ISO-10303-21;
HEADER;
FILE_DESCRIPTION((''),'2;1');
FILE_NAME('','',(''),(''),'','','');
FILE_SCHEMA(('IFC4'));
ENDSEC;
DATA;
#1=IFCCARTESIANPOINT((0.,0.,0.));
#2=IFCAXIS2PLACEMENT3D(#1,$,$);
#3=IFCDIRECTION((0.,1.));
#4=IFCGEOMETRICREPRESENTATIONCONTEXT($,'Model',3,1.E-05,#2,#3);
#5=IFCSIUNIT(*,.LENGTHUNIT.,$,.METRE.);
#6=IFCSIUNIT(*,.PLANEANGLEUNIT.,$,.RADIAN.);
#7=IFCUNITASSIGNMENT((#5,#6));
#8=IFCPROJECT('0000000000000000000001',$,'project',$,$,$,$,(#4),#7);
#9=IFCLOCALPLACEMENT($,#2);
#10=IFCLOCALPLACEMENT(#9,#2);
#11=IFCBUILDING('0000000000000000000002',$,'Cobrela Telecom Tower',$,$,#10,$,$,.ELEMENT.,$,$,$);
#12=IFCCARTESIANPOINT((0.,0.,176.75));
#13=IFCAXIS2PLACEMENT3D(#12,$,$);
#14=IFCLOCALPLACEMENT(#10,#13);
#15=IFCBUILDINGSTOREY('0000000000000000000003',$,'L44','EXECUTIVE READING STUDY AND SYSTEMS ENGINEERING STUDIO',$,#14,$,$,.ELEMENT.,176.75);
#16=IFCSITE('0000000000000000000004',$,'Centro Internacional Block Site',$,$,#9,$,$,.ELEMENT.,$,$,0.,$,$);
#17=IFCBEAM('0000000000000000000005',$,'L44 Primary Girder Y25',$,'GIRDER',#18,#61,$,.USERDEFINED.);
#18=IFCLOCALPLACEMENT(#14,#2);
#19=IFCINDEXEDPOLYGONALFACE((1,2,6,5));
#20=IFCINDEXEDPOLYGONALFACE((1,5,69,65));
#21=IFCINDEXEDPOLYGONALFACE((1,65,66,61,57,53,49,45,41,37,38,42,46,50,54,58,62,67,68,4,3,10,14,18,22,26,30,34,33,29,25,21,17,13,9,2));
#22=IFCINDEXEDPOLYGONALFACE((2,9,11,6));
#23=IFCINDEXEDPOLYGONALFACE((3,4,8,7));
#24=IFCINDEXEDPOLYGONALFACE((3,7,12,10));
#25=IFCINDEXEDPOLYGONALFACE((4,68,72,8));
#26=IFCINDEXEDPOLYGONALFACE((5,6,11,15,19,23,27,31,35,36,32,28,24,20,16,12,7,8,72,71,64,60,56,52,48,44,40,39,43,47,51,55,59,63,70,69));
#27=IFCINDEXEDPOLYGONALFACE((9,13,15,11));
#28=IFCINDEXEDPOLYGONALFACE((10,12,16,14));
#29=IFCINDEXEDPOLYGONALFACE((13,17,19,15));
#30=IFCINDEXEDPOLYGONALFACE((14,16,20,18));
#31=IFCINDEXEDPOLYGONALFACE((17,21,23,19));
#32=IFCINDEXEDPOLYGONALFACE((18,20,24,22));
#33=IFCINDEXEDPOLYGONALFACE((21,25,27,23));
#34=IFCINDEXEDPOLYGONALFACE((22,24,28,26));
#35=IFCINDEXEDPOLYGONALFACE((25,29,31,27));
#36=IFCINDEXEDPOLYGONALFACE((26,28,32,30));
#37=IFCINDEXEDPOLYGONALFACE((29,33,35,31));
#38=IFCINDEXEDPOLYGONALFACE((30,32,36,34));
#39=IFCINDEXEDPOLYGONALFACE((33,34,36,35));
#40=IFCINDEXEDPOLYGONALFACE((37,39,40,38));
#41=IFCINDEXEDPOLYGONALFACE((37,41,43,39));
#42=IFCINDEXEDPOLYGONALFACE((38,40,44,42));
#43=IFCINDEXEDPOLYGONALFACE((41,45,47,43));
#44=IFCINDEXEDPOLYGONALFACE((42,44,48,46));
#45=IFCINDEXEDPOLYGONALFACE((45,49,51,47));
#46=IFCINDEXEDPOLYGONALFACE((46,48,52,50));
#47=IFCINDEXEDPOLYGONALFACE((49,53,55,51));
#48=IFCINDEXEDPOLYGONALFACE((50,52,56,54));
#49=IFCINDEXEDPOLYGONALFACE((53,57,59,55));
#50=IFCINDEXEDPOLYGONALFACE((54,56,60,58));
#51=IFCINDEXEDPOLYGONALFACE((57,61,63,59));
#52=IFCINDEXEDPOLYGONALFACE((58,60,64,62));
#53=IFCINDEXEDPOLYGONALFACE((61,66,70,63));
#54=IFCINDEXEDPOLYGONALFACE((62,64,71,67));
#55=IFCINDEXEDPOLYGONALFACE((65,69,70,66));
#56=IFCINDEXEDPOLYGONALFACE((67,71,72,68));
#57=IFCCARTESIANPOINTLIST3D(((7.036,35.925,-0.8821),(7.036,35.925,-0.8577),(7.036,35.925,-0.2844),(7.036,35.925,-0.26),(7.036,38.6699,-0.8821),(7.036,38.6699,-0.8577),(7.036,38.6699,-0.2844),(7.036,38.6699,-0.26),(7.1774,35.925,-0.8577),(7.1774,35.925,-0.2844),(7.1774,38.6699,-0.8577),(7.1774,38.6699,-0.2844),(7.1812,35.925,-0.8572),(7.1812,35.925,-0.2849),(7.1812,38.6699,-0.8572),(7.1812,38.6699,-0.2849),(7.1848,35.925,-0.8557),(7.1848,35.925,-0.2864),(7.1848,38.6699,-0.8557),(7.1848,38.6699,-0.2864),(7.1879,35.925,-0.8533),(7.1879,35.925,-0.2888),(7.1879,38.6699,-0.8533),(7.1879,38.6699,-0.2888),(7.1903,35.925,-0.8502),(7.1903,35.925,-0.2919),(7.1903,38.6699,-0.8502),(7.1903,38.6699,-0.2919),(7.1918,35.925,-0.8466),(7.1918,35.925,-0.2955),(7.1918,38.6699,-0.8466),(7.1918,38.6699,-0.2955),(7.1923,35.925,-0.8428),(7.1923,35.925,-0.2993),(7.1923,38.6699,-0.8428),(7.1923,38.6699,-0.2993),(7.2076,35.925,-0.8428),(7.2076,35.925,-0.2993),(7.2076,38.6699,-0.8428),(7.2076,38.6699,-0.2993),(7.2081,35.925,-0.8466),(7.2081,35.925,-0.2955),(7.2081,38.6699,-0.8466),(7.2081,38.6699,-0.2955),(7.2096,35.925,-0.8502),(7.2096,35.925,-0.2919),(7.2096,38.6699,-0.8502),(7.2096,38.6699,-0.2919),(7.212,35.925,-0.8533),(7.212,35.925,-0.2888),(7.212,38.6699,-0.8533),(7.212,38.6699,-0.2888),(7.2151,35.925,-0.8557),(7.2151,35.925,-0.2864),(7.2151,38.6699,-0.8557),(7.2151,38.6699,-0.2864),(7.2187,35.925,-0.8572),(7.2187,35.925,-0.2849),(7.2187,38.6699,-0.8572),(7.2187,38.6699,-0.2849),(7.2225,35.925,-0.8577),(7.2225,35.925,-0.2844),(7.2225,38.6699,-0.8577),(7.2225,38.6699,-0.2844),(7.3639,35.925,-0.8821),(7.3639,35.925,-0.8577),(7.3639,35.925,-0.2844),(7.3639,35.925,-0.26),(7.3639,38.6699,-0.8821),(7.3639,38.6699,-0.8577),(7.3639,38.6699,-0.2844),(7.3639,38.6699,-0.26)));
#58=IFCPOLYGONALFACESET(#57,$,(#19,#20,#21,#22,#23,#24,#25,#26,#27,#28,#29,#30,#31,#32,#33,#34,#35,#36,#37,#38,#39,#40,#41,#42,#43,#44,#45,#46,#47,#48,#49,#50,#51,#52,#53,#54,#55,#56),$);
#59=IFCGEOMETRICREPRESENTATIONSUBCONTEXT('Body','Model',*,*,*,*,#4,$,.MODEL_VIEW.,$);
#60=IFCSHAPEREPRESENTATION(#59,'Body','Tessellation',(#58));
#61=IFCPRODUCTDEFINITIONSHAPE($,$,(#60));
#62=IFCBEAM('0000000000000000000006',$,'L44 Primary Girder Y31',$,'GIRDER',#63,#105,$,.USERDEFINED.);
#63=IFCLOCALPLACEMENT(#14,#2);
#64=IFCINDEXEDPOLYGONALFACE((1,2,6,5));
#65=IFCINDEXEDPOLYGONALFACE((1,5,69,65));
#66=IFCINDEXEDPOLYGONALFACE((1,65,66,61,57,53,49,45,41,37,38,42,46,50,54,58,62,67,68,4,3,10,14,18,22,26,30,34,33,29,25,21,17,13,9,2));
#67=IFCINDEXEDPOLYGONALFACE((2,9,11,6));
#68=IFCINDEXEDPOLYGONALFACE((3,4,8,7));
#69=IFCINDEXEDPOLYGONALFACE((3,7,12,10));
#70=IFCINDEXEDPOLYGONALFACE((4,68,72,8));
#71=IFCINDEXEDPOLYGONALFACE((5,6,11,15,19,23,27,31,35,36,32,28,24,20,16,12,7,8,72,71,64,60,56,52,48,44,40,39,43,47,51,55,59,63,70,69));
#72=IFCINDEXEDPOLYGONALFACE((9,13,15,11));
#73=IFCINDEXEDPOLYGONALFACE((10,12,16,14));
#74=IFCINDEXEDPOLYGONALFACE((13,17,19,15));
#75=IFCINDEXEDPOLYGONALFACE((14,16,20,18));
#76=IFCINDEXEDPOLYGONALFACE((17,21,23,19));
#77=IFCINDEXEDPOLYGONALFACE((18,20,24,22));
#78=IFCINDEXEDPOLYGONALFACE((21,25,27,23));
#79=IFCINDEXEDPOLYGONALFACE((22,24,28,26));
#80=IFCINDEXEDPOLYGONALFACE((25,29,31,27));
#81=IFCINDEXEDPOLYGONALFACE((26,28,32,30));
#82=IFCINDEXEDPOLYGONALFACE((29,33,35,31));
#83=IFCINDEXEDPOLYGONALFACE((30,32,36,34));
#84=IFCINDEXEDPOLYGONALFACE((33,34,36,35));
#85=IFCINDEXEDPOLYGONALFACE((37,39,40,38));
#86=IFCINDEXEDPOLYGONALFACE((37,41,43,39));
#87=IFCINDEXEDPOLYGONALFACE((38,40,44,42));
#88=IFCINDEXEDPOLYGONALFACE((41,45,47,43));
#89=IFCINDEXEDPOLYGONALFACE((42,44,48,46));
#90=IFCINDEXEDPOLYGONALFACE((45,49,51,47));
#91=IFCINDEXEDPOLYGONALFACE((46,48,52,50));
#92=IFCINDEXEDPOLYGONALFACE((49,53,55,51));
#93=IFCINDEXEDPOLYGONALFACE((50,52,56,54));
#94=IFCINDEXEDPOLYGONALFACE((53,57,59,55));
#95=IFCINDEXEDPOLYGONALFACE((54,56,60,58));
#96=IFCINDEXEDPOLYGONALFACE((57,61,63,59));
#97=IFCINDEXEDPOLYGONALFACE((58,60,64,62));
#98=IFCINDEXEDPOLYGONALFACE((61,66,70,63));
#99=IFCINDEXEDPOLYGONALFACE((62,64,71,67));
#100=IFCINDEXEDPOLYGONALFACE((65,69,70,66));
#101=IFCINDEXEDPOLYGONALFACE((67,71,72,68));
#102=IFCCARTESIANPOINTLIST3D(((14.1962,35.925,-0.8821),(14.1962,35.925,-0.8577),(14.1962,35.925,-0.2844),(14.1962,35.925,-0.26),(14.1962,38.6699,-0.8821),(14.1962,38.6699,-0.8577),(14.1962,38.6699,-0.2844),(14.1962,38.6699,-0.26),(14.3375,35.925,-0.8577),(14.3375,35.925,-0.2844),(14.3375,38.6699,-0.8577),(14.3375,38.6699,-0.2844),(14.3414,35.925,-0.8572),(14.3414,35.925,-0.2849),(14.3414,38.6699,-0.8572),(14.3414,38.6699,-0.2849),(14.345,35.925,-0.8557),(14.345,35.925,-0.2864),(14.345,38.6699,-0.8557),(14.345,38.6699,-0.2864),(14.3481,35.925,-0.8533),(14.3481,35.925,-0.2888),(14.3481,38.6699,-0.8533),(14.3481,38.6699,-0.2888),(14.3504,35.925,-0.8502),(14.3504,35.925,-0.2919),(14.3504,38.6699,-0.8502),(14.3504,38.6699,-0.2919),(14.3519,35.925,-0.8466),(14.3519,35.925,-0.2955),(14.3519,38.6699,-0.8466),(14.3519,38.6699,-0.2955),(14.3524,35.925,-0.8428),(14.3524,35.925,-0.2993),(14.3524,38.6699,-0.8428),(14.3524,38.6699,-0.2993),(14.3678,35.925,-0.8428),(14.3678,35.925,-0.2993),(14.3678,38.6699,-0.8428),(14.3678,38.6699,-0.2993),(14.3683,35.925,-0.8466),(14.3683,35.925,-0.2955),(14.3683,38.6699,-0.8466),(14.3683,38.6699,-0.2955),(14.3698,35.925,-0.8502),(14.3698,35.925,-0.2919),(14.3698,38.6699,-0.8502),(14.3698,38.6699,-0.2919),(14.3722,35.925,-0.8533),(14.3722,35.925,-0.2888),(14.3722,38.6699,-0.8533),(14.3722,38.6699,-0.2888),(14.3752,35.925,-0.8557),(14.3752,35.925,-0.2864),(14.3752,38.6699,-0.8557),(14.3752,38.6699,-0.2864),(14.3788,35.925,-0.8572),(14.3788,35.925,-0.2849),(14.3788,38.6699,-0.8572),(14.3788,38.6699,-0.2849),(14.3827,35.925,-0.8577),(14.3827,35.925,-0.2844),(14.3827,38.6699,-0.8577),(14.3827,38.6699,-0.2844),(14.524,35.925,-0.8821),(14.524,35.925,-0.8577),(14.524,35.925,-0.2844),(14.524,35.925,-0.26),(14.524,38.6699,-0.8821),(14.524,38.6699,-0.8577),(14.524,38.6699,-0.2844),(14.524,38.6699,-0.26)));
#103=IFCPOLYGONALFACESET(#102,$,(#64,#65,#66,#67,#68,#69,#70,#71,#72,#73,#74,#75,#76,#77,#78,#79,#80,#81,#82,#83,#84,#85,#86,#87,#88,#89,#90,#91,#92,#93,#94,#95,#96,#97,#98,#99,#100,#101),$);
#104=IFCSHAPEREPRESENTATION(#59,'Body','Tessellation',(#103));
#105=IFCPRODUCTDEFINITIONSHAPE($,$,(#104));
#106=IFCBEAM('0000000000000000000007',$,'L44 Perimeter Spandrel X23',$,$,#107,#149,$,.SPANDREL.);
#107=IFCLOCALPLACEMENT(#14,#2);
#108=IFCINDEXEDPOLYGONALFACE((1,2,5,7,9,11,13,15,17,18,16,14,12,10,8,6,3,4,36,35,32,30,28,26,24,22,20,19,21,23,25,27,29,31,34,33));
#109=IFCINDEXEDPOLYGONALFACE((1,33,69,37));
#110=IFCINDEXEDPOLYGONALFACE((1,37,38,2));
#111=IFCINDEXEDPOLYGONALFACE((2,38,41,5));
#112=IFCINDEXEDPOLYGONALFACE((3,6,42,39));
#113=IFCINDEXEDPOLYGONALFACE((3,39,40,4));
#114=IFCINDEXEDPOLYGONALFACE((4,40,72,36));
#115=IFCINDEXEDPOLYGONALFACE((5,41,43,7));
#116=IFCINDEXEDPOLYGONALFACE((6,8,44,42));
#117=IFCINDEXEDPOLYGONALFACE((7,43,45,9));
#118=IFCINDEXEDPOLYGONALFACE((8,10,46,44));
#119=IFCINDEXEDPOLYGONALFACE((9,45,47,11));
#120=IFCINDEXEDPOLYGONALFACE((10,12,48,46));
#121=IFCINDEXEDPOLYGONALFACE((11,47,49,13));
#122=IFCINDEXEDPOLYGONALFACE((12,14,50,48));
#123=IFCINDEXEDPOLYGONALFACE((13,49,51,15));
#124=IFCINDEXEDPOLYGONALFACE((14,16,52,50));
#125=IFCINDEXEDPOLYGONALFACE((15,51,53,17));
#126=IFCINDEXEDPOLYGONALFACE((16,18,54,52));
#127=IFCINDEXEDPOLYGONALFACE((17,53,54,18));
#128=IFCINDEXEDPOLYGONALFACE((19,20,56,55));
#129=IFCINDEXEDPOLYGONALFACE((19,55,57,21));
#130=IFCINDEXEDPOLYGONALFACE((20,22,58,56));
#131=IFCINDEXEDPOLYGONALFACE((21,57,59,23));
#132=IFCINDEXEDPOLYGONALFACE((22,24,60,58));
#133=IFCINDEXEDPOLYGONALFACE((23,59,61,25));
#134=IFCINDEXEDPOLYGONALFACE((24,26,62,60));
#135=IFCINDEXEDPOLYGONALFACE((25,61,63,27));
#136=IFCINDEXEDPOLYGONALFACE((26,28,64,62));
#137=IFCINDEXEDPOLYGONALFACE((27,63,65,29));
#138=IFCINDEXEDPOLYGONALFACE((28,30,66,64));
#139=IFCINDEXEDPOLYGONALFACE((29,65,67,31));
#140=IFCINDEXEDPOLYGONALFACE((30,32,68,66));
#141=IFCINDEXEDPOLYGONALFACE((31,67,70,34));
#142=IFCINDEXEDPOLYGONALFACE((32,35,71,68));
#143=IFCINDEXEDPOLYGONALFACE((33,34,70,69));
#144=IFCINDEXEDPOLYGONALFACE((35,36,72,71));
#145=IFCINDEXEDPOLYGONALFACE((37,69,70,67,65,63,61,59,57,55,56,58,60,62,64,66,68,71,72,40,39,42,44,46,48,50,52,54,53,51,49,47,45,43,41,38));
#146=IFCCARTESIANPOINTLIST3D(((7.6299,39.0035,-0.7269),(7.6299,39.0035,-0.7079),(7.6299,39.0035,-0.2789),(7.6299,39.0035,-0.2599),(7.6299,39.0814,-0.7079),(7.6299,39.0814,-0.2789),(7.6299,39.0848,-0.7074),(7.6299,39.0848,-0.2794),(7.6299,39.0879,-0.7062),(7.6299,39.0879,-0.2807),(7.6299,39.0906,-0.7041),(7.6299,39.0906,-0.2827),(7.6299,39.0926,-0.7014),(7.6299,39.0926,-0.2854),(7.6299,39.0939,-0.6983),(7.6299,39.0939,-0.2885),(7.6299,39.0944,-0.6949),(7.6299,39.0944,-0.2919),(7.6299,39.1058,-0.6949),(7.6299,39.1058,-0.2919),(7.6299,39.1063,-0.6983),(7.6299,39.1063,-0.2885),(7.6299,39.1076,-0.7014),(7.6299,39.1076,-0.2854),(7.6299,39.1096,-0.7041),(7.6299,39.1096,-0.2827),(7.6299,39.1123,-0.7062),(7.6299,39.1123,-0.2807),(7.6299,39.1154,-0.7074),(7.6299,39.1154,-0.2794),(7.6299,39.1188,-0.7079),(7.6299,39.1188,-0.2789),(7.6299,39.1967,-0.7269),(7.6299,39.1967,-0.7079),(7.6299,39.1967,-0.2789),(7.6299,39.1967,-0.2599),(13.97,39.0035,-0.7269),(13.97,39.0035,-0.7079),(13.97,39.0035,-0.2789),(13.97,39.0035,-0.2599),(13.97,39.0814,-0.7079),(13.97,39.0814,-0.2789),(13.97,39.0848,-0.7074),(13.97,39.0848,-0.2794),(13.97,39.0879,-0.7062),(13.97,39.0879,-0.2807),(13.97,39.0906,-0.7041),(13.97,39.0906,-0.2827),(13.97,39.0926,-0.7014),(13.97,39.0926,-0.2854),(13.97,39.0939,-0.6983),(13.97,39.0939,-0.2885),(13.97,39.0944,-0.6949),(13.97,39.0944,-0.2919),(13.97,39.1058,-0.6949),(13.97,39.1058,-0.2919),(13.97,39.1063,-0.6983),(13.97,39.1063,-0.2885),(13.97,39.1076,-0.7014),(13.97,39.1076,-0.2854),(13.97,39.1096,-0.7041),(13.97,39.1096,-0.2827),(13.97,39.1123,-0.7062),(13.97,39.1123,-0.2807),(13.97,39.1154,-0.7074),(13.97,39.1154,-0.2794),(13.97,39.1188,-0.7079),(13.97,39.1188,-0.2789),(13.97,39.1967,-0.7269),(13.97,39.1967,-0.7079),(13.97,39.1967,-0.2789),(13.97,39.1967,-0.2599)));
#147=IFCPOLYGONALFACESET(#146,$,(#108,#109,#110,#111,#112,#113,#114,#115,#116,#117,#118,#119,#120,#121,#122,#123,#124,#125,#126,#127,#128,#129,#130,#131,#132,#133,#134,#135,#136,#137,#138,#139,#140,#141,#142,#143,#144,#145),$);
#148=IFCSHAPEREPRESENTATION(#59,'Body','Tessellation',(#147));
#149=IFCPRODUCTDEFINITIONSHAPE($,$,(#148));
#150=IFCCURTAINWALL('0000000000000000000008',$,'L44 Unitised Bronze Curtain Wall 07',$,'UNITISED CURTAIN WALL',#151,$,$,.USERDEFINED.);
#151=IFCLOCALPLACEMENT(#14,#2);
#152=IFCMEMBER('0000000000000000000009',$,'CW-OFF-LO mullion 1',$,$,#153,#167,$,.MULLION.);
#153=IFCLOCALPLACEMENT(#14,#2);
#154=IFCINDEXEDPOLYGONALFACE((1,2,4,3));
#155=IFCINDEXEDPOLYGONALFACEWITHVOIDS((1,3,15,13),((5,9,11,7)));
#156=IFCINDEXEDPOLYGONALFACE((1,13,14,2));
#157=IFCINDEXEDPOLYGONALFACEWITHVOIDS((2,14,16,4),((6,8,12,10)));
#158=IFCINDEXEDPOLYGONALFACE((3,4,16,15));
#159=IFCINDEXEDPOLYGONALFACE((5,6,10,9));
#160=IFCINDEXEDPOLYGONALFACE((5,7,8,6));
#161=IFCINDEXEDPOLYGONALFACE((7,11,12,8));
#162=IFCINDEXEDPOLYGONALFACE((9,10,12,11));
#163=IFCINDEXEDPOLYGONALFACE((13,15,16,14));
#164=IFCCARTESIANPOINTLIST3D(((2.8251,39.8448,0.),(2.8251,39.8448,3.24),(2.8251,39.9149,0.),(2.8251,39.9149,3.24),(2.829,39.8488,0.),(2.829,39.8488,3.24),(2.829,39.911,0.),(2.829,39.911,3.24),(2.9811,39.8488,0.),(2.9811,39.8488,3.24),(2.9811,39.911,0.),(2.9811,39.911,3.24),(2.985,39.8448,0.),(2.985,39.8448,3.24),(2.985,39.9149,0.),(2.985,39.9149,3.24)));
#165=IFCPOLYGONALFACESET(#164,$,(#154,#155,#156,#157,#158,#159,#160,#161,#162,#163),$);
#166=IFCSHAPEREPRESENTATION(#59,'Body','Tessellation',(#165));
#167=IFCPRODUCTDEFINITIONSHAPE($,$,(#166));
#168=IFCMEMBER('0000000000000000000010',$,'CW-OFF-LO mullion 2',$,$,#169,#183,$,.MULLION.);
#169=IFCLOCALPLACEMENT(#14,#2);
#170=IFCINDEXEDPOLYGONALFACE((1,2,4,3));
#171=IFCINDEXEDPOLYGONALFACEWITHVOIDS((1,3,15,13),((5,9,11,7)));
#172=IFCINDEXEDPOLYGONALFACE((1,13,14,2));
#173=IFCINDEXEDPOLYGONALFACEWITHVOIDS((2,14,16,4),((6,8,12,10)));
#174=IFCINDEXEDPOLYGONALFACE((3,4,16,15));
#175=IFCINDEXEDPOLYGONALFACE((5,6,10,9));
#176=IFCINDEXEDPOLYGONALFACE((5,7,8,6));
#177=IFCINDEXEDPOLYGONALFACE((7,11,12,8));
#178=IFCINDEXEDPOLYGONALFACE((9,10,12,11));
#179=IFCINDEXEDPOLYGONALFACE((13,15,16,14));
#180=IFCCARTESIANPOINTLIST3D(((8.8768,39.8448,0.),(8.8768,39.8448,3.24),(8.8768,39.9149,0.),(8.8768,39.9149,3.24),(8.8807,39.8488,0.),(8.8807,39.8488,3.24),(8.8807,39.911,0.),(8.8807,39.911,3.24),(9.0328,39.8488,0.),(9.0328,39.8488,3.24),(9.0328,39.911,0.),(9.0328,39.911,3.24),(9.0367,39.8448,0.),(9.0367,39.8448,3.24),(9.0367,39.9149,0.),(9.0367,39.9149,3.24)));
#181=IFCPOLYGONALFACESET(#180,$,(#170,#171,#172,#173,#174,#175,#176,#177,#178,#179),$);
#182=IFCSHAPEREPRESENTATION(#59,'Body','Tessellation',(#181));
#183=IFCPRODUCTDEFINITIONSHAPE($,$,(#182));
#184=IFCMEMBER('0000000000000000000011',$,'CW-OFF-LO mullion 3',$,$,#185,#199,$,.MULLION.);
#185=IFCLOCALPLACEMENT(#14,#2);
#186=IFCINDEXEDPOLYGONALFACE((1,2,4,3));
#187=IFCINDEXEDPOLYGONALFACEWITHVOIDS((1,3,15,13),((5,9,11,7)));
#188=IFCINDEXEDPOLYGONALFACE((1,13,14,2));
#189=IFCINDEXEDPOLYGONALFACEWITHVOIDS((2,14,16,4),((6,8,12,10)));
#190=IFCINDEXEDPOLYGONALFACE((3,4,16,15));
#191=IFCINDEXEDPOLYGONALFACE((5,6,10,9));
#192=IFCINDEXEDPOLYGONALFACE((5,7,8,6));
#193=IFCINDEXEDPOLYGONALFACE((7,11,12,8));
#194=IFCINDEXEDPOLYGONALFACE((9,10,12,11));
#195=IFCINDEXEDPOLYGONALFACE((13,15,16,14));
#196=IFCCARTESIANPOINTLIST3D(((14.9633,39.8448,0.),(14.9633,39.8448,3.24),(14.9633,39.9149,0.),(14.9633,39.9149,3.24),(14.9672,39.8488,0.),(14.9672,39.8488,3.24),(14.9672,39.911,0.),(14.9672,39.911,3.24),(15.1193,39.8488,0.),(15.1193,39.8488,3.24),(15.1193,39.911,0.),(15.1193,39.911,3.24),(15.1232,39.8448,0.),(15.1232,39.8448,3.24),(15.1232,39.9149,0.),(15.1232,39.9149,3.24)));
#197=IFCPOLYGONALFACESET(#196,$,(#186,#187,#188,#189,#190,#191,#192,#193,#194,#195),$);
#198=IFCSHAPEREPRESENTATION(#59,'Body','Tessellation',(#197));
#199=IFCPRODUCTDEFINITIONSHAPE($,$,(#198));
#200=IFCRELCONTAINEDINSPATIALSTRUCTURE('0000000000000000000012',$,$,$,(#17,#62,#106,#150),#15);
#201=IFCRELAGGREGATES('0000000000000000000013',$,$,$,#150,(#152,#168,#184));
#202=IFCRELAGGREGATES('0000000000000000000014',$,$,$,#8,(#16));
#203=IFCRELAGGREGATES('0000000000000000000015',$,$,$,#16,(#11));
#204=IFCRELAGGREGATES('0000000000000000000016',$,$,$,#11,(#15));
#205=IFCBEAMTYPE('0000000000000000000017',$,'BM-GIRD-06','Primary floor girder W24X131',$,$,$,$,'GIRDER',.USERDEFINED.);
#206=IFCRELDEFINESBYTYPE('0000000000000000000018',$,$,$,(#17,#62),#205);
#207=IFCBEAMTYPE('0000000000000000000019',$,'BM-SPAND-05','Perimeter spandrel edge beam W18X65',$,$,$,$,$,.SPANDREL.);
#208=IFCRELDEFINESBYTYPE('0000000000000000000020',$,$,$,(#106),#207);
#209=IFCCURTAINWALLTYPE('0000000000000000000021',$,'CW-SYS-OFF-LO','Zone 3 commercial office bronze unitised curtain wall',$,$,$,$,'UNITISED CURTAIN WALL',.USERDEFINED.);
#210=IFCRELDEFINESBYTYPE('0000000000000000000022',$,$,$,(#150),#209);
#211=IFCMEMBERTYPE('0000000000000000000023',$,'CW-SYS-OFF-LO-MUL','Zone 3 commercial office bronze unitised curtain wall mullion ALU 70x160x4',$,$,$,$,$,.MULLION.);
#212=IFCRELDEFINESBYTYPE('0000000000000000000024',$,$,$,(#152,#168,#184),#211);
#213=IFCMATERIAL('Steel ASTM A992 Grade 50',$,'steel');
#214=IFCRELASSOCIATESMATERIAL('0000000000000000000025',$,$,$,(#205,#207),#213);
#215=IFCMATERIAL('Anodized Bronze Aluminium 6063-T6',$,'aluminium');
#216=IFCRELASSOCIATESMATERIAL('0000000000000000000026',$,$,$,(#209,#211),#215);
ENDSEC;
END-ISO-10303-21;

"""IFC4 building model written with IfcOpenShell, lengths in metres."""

from ifc_helpers import new_model, si_unit, direction, frame, origin, origin_2d, place, context, subcontext, project, spatial, hollow_rectangle, i_section, extrude, material, material_profile, profile_set, type_object, element, aggregate, save


model = new_model("IFC4")

# Units and contexts
model_context = context("Model", 3, precision=1e-05, world=origin(), true_north=direction((0.0, 1.0)))
body_context = subcontext(model_context, "Body", "Model", "MODEL_VIEW")
ifc_project = project(units=[si_unit("LENGTHUNIT", "METRE"), si_unit("PLANEANGLEUNIT", "RADIAN")], contexts=[model_context])

# Site, building, storey
site_placement = place(None, origin())
site = spatial("IfcSite", under=ifc_project, at=site_placement, Name="Centro Internacional Block Site", CompositionType="ELEMENT", RefElevation=0.0)
building_placement = place(site_placement, origin())
building = spatial("IfcBuilding", under=site, at=building_placement, Name="Cobrela Telecom Tower", CompositionType="ELEMENT")
storey_placement = place(building_placement, frame((0.0, 0.0, 176.75)))
storey = spatial("IfcBuildingStorey", under=building, at=storey_placement, Name="L44", Description="EXECUTIVE READING STUDY AND SYSTEMS ENGINEERING STUDIO", CompositionType="ELEMENT", Elevation=176.75)

# Beams
ifc_material_1 = material(Name="Steel ASTM A992 Grade 50", Category="steel")
ifc_material_profile_1 = material_profile(ifc_material_1, i_section(OverallWidth=0.3279, OverallDepth=0.6221, WebThickness=0.0154, FlangeThickness=0.0244, FilletRadius=0.0149, at=origin_2d()), Name="W24X131")
ifc_profile_set_1 = profile_set([ifc_material_profile_1], Name="Steel ASTM A992 Grade 50")
beam_type_1 = type_object("IfcBeamType", Name="BM-GIRD-06", Description="Primary floor girder W24X131", ElementType="GIRDER", PredefinedType="USERDEFINED", material=ifc_profile_set_1)
for number, where, z_axis, x_axis, name in (
    (1, (7.2, 35.925, -0.571), (0.0, 1.0, 0.0), (-1.0, 0.0, 0.0), "L44 Primary Girder Y25"),
    (2, (14.3601, 35.925, -0.571), (0.0, 1.0, 0.0), (-1.0, 0.0, 0.0), "L44 Primary Girder Y31"),
):
    element("IfcBeam", number, at=place(storey_placement, frame(where, z_axis=z_axis, x_axis=x_axis)), inside=storey, type_object=beam_type_1, Name=name, ObjectType="GIRDER", PredefinedType="USERDEFINED", context=body_context, shape_type="SweptSolid", body=[
        extrude(i_section(OverallWidth=0.3279, OverallDepth=0.6221, WebThickness=0.0154, FlangeThickness=0.0244, FilletRadius=0.0149, at=origin_2d()), origin(), (0.0, 0.0, 1.0), 2.7449),
    ])
ifc_material_profile_2 = material_profile(ifc_material_1, i_section(OverallWidth=0.1931, OverallDepth=0.467, WebThickness=0.0115, FlangeThickness=0.019, FilletRadius=0.0129, at=origin_2d()), Name="W18X65")
ifc_profile_set_2 = profile_set([ifc_material_profile_2], Name="Steel ASTM A992 Grade 50")
beam_type_2 = type_object("IfcBeamType", Name="BM-SPAND-05", Description="Perimeter spandrel edge beam W18X65", PredefinedType="SPANDREL", material=ifc_profile_set_2)
beam_1_placement = place(storey_placement, frame((7.6299, 39.1001, -0.4934), z_axis=(1.0, 0.0, 0.0), x_axis=(0.0, 1.0, 0.0)))
element("IfcBeam", 3, at=beam_1_placement, inside=storey, type_object=beam_type_2, Name="L44 Perimeter Spandrel X23", PredefinedType="SPANDREL", context=body_context, shape_type="SweptSolid", body=[
    extrude(i_section(OverallWidth=0.1931, OverallDepth=0.467, WebThickness=0.0115, FlangeThickness=0.019, FilletRadius=0.0129, at=origin_2d()), origin(), (0.0, 0.0, 1.0), 6.3401),
])

# Curtain wall, members
ifc_material_2 = material(Name="Anodized Bronze Aluminium 6063-T6", Category="aluminium")
curtain_wall_type = type_object("IfcCurtainWallType", Name="CW-SYS-OFF-LO", Description="Zone 3 commercial office bronze unitised curtain wall", ElementType="UNITISED CURTAIN WALL", PredefinedType="USERDEFINED", material=ifc_material_2)
curtain_wall_placement = place(storey_placement, origin())
curtain_wall = element("IfcCurtainWall", 4, at=curtain_wall_placement, inside=storey, type_object=curtain_wall_type, Name="L44 Unitised Bronze Curtain Wall 07", ObjectType="UNITISED CURTAIN WALL", PredefinedType="USERDEFINED")
ifc_material_profile_3 = material_profile(ifc_material_2, hollow_rectangle(XDim=0.0701, YDim=0.1599, WallThickness=0.0039, at=origin_2d()), Name="ALU 70x160x4")
ifc_profile_set_3 = profile_set([ifc_material_profile_3], Name="Anodized Bronze Aluminium 6063-T6")
member_type_1 = type_object("IfcMemberType", Name="CW-SYS-OFF-LO-MUL", Description="Zone 3 commercial office bronze unitised curtain wall mullion ALU 70x160x4", PredefinedType="MULLION", material=ifc_profile_set_3)
member_1_placement = place(storey_placement, frame((2.905, 39.8799, 0.0), z_axis=(0.0, 0.0, 1.0), x_axis=(0.0, 1.0, 0.0)))
member_1 = element("IfcMember", 5, at=member_1_placement, type_object=member_type_1, Name="CW-OFF-LO mullion 1", PredefinedType="MULLION", context=body_context, shape_type="SweptSolid", body=[
    extrude(hollow_rectangle(XDim=0.0701, YDim=0.1599, WallThickness=0.0039, at=origin_2d()), origin(), (0.0, 0.0, 1.0), 3.24),
])
member_2_placement = place(storey_placement, frame((8.9568, 39.8799, 0.0), z_axis=(0.0, 0.0, 1.0), x_axis=(0.0, 1.0, 0.0)))
member_2 = element("IfcMember", 6, at=member_2_placement, type_object=member_type_1, Name="CW-OFF-LO mullion 2", PredefinedType="MULLION", context=body_context, shape_type="SweptSolid", body=[
    extrude(hollow_rectangle(XDim=0.0701, YDim=0.1599, WallThickness=0.0039, at=origin_2d()), origin(), (0.0, 0.0, 1.0), 3.24),
])
member_3_placement = place(storey_placement, frame((15.0432, 39.8799, 0.0), z_axis=(0.0, 0.0, 1.0), x_axis=(0.0, 1.0, 0.0)))
member_3 = element("IfcMember", 7, at=member_3_placement, type_object=member_type_1, Name="CW-OFF-LO mullion 3", PredefinedType="MULLION", context=body_context, shape_type="SweptSolid", body=[
    extrude(hollow_rectangle(XDim=0.0701, YDim=0.1599, WallThickness=0.0039, at=origin_2d()), origin(), (0.0, 0.0, 1.0), 3.24),
])

aggregate(curtain_wall, [member_1, member_2, member_3])

save(model, "model.ifc")
